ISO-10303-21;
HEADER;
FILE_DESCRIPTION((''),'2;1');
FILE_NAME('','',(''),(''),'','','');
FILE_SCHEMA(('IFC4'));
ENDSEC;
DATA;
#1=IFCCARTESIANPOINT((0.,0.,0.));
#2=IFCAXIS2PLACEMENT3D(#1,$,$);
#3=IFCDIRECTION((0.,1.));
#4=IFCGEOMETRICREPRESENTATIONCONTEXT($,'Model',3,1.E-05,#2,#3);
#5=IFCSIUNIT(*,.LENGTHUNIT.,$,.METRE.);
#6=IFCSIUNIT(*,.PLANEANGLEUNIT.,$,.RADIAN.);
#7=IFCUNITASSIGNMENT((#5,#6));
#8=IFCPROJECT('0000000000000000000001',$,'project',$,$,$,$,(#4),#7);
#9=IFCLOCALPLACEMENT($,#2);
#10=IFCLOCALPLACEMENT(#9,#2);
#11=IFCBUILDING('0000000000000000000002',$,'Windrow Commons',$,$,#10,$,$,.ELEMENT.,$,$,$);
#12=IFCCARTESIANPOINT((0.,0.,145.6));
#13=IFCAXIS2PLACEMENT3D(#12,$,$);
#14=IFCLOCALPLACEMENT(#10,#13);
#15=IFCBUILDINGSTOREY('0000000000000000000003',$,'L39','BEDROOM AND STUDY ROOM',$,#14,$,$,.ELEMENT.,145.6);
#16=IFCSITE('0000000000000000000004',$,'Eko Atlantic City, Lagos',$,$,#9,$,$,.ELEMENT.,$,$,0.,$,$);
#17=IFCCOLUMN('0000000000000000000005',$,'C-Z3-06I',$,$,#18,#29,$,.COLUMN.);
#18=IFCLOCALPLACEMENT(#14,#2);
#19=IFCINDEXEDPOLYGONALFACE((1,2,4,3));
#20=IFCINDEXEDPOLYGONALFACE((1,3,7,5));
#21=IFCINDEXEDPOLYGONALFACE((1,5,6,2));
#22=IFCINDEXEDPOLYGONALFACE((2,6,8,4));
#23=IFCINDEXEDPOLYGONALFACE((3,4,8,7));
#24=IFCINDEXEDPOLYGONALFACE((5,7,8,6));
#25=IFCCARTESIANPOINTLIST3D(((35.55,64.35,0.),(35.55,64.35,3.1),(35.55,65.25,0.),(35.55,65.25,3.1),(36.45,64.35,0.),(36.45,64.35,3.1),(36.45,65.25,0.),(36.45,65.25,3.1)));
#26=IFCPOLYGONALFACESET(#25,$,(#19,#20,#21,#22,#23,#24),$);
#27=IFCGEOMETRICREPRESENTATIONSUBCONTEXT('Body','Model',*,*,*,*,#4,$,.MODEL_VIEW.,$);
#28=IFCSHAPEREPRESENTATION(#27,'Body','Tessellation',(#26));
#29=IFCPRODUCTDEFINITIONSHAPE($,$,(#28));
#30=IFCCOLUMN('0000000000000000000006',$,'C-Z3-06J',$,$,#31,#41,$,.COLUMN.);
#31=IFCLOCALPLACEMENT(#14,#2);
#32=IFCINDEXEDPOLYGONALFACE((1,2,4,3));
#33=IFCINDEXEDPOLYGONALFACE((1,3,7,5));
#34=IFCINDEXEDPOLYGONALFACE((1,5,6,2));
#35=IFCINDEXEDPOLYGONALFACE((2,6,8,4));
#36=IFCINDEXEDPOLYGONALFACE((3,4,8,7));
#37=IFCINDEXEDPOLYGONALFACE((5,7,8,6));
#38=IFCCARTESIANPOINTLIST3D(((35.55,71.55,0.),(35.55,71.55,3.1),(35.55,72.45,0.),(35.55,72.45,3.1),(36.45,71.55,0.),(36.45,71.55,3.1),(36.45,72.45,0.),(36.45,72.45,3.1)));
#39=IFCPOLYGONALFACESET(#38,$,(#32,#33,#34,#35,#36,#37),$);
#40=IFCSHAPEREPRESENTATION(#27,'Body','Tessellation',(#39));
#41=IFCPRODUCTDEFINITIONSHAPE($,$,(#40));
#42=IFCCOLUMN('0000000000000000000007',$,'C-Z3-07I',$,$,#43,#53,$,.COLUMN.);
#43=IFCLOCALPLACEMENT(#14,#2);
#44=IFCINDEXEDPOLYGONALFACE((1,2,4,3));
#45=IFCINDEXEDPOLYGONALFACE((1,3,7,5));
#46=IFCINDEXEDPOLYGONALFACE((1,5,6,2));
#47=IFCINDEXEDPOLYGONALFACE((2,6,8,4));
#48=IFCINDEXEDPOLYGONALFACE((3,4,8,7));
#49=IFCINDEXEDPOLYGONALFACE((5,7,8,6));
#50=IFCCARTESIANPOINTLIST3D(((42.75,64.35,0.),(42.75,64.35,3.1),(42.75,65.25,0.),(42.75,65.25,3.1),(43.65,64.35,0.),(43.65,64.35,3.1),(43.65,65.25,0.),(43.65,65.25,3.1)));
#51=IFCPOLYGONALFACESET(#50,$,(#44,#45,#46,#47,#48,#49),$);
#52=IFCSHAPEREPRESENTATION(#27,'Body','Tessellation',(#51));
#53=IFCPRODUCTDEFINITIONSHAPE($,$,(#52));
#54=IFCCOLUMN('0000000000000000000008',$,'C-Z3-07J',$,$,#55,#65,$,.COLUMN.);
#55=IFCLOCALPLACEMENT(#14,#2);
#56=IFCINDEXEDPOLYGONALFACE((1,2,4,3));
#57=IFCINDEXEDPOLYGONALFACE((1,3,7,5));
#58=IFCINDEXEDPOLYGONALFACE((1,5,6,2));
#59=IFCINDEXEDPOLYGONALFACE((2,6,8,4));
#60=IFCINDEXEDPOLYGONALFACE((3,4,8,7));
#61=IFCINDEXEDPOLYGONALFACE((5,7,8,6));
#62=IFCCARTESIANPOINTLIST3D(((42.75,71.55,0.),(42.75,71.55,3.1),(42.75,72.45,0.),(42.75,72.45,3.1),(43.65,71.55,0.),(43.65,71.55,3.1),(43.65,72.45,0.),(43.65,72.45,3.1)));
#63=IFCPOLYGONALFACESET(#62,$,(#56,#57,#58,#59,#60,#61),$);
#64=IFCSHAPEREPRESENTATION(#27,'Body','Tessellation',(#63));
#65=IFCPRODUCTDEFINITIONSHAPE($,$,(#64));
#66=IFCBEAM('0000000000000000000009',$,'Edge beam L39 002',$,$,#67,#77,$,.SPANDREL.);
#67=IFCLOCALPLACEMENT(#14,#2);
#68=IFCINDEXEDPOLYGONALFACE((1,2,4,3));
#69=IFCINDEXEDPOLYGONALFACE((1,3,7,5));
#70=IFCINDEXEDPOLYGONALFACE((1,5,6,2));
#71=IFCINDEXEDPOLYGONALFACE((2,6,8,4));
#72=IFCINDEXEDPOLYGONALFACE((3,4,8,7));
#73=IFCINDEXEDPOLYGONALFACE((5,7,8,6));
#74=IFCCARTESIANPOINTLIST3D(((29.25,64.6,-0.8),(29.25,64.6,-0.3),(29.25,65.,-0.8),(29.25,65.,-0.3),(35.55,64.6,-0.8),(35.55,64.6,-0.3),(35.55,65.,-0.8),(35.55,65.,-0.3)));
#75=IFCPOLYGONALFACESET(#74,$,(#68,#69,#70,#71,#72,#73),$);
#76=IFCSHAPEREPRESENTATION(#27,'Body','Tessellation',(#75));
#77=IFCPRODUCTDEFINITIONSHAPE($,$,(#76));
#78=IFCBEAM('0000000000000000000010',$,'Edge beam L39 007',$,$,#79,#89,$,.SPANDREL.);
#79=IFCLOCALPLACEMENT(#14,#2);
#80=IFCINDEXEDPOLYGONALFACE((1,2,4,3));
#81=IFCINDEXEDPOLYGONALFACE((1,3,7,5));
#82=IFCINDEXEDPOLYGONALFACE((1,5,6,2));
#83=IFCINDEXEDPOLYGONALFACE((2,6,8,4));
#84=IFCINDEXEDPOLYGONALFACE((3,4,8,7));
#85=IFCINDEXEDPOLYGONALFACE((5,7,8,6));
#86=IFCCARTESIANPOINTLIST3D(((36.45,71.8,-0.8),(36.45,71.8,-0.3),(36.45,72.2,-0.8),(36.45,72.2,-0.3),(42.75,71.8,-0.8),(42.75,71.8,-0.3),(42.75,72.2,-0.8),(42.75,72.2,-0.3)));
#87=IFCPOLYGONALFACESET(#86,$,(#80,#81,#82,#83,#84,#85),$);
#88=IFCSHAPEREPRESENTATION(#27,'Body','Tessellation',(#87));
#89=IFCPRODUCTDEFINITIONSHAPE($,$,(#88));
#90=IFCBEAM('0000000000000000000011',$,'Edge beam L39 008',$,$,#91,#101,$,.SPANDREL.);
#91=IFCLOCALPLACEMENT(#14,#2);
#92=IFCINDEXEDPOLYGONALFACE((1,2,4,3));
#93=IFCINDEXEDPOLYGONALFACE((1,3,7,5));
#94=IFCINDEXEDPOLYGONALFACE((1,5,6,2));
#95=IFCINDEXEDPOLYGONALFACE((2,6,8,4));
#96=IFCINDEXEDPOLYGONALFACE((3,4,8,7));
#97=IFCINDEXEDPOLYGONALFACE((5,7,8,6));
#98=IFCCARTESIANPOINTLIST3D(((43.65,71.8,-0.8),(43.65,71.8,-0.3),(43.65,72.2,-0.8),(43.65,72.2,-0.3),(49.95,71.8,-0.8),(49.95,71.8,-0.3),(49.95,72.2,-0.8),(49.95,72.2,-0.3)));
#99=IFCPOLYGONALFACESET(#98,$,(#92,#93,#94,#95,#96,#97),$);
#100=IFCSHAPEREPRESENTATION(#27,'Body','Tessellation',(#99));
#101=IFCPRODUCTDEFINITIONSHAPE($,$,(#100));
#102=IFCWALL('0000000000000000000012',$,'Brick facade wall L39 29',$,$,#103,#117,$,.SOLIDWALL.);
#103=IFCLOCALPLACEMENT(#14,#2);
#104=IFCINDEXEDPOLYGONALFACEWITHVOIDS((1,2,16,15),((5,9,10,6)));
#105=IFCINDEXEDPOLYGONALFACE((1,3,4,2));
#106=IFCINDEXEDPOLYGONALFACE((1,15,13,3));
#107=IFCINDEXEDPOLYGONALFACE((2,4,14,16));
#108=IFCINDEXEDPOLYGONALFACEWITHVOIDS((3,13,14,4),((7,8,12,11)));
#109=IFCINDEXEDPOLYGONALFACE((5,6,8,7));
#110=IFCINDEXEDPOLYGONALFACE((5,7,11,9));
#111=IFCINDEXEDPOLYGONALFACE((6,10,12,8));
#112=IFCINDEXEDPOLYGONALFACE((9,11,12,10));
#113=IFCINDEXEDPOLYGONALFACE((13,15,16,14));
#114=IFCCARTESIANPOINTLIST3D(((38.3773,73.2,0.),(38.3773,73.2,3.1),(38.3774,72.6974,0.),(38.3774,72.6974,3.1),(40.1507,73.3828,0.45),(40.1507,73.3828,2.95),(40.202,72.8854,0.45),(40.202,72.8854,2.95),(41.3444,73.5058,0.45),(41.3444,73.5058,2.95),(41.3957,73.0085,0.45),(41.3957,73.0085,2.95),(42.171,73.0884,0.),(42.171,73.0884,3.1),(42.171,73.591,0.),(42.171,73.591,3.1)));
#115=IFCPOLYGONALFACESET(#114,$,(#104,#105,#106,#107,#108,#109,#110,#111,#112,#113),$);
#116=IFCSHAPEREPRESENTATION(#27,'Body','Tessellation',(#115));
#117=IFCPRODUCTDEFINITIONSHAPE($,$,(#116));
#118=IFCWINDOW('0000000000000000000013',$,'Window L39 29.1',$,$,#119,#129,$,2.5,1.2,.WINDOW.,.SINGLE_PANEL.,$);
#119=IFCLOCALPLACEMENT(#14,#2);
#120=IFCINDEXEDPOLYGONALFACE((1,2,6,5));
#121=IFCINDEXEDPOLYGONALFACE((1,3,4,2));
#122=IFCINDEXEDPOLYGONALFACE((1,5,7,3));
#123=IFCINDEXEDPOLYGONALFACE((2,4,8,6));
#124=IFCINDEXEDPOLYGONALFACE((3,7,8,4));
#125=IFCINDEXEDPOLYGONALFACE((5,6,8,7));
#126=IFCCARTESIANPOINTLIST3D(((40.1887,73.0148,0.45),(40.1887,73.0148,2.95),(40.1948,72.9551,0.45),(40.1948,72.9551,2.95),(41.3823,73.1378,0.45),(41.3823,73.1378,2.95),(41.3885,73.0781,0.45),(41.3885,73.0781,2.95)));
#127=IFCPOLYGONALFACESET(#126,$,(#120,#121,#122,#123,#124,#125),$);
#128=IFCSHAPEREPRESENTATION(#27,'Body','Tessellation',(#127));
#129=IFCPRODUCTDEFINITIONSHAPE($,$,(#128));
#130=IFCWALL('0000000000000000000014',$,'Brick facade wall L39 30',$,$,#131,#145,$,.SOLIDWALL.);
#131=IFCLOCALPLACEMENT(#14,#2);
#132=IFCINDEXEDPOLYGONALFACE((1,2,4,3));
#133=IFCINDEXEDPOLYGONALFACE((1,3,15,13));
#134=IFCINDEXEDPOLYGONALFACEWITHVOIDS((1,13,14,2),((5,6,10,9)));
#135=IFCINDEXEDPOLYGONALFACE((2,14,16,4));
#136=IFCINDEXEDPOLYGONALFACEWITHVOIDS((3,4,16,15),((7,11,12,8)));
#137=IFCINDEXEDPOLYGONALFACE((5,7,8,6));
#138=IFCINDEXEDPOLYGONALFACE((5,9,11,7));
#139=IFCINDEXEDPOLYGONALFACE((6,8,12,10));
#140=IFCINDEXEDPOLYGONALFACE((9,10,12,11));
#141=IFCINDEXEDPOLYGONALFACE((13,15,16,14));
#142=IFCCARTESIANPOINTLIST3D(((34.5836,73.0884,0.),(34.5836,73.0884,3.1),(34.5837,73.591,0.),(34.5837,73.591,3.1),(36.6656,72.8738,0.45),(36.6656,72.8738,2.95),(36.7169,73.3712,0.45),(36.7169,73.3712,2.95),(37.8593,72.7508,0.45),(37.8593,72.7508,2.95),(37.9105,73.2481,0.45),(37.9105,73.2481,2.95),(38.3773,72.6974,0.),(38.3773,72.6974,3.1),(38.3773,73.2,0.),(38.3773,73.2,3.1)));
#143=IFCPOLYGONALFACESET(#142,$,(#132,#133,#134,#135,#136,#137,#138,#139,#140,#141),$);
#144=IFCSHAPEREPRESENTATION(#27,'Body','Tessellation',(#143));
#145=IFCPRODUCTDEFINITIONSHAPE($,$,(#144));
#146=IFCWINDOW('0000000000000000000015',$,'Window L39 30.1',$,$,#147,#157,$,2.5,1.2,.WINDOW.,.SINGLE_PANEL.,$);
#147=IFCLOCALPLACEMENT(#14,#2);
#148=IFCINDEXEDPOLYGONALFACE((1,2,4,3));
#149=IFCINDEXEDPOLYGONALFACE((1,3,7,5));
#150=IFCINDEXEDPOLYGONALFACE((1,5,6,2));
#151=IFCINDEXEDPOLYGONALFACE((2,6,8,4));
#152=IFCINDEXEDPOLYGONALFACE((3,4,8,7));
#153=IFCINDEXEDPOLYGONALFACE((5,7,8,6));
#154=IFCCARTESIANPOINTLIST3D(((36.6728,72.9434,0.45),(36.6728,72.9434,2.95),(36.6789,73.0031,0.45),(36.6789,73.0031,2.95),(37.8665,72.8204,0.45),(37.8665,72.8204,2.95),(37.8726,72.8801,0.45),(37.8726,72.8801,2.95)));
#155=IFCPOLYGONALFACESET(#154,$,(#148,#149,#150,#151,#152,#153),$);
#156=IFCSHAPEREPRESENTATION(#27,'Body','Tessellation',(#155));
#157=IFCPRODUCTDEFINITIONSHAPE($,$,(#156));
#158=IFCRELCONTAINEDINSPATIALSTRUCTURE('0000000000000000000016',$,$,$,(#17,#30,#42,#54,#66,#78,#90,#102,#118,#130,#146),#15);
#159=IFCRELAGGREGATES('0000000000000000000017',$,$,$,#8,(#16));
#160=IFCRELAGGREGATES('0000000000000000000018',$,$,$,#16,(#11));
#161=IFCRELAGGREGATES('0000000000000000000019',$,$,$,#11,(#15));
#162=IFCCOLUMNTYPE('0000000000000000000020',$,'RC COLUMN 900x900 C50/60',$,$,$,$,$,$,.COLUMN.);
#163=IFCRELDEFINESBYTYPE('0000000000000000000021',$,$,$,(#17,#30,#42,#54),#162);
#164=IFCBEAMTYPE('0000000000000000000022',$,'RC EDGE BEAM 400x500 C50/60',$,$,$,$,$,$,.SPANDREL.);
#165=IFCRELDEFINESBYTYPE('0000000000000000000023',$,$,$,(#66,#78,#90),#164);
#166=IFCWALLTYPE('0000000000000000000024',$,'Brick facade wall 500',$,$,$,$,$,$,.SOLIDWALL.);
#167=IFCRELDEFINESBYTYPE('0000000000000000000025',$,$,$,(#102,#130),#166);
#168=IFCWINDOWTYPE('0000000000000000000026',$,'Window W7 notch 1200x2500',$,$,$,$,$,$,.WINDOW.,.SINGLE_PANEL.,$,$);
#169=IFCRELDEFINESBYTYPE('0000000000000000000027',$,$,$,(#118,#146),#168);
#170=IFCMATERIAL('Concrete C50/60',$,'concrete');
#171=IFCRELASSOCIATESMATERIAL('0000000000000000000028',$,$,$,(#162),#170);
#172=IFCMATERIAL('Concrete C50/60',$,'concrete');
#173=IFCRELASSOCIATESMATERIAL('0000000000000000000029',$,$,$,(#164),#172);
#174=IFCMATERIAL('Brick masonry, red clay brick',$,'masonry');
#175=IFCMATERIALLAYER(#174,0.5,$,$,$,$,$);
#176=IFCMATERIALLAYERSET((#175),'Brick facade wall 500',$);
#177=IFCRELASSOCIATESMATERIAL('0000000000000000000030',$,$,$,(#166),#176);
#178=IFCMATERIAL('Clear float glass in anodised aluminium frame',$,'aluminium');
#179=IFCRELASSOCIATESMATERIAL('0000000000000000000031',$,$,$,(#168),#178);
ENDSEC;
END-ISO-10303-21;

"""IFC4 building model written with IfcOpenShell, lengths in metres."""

from ifc_helpers import new_model, si_unit, direction, frame, frame_2d, origin, origin_2d, place, context, subcontext, project, spatial, polyline, rectangle, outline, extrude, material, layer, layer_set, material_profile, profile_set, type_object, element, fill, save


model = new_model("IFC4")

# Units and contexts
model_context = context("Model", 3, precision=1e-05, world=origin(), true_north=direction((0.0, 1.0)))
body_context = subcontext(model_context, "Body", "Model", "MODEL_VIEW")
ifc_project = project(units=[si_unit("LENGTHUNIT", "METRE"), si_unit("PLANEANGLEUNIT", "RADIAN")], contexts=[model_context])

# Site, building, storey
site_placement = place(None, origin())
site = spatial("IfcSite", under=ifc_project, at=site_placement, Name="Eko Atlantic City, Lagos", CompositionType="ELEMENT", RefElevation=0.0)
building_placement = place(site_placement, origin())
building = spatial("IfcBuilding", under=site, at=building_placement, Name="Windrow Commons", CompositionType="ELEMENT")
storey_placement = place(building_placement, frame((0.0, 0.0, 145.6)))
storey = spatial("IfcBuildingStorey", under=building, at=storey_placement, Name="L39", Description="BEDROOM AND STUDY ROOM", CompositionType="ELEMENT", Elevation=145.6)

# Columns
ifc_material_1 = material(Name="Concrete C50/60", Category="concrete")
ifc_material_profile_1 = material_profile(ifc_material_1, rectangle(XDim=0.9, YDim=0.9, at=origin_2d()))
ifc_profile_set_1 = profile_set([ifc_material_profile_1], Name="Concrete C50/60")
column_type = type_object("IfcColumnType", Name="RC COLUMN 900x900 C50/60", PredefinedType="COLUMN", material=ifc_profile_set_1)
for number, where, z_axis, x_axis, name in (
    (1, (36.0, 64.8, 0.0), (0.0, 0.0, 1.0), (1.0, 0.0, 0.0), "C-Z3-06I"),
    (2, (36.0, 72.0, 0.0), (0.0, 0.0, 1.0), (1.0, 0.0, 0.0), "C-Z3-06J"),
    (3, (43.2, 64.8, 0.0), (0.0, 0.0, 1.0), (1.0, 0.0, 0.0), "C-Z3-07I"),
    (4, (43.2, 72.0, 0.0), (0.0, 0.0, 1.0), (1.0, 0.0, 0.0), "C-Z3-07J"),
):
    element("IfcColumn", number, at=place(storey_placement, frame(where, z_axis=z_axis, x_axis=x_axis)), inside=storey, type_object=column_type, Name=name, PredefinedType="COLUMN", context=body_context, shape_type="SweptSolid", body=[
        extrude(rectangle(XDim=0.9, YDim=0.9, at=origin_2d()), origin(), (0.0, 0.0, 1.0), 3.1),
    ])

# Beams
ifc_material_2 = material(Name="Concrete C50/60", Category="concrete")
ifc_material_profile_2 = material_profile(ifc_material_2, rectangle(XDim=0.4, YDim=0.5, at=origin_2d()))
ifc_profile_set_2 = profile_set([ifc_material_profile_2], Name="Concrete C50/60")
beam_type = type_object("IfcBeamType", Name="RC EDGE BEAM 400x500 C50/60", PredefinedType="SPANDREL", material=ifc_profile_set_2)
for number, where, z_axis, x_axis, name in (
    (5, (35.55, 64.8, -0.55), (-1.0, 0.0, 0.0), (0.0, -1.0, 0.0), "Edge beam L39 002"),
    (6, (36.45, 72.0, -0.55), (1.0, 0.0, 0.0), (0.0, 1.0, 0.0), "Edge beam L39 007"),
    (7, (43.65, 72.0, -0.55), (1.0, 0.0, 0.0), (0.0, 1.0, 0.0), "Edge beam L39 008"),
):
    element("IfcBeam", number, at=place(storey_placement, frame(where, z_axis=z_axis, x_axis=x_axis)), inside=storey, type_object=beam_type, Name=name, PredefinedType="SPANDREL", context=body_context, shape_type="SweptSolid", body=[
        extrude(rectangle(XDim=0.4, YDim=0.5, at=origin_2d()), origin(), (0.0, 0.0, 1.0), 6.3),
    ])

# Walls, openings, windows
ifc_material_3 = material(Name="Brick masonry, red clay brick", Category="masonry")
ifc_layer_1 = layer(ifc_material_3, 0.5)
ifc_layer_set_1 = layer_set([ifc_layer_1], Name="Brick facade wall 500")
wall_type_1 = type_object("IfcWallType", Name="Brick facade wall 500", PredefinedType="SOLIDWALL", material=ifc_layer_set_1)
wall_1_placement = place(storey_placement, frame((42.171, 73.3397, 0.0), z_axis=(0.0, 0.0, 1.0), x_axis=(-0.994731, -0.102523, 0.0)))
wall_1 = element("IfcWall", 8, at=wall_1_placement, inside=storey, type_object=wall_type_1, Name="Brick facade wall L39 29", PredefinedType="SOLIDWALL", context=body_context, shape_type="SweptSolid", body=[
    extrude(outline(polyline([(-0.0258, -0.25), (3.788, -0.25), (3.8395, 0.25), (0.0258, 0.25), (-0.0258, -0.25)])), origin(), (0.0, 0.0, 1.0), 3.1),
])
opening_1_placement = place(wall_1_placement, frame((0.8052, 0.0, 0.45)))
opening_1 = element("IfcOpeningElement", 9, at=opening_1_placement, cuts=wall_1, PredefinedType="OPENING", context=body_context, shape_type="SweptSolid", body=[
    extrude(rectangle(XDim=1.2, YDim=2.5, at=frame_2d((0.6, 1.25))), frame((0.0, 0.26, 0.0), z_axis=(0.0, -1.0, 0.0), x_axis=(1.0, 0.0, 0.0)), (0.0, 0.0, 1.0), 0.52),
])
ifc_material_4 = material(Name="Clear float glass in anodised aluminium frame", Category="aluminium")
window_type = type_object("IfcWindowType", Name="Window W7 notch 1200x2500", PartitioningType="SINGLE_PANEL", PredefinedType="WINDOW", material=ifc_material_4)
window_1_placement = place(opening_1_placement, origin())
window_1 = element("IfcWindow", 10, at=window_1_placement, inside=storey, type_object=window_type, Name="Window L39 29.1", OverallHeight=2.5, OverallWidth=1.2, PartitioningType="SINGLE_PANEL", PredefinedType="WINDOW", context=body_context, shape_type="SweptSolid", body=[
    extrude(rectangle(XDim=1.2, YDim=2.5, at=frame_2d((0.6, 1.25))), frame((0.0, 0.18, 0.0), z_axis=(0.0, -1.0, 0.0), x_axis=(1.0, 0.0, 0.0)), (0.0, 0.0, 1.0), 0.06),
])
fill(opening_1, window_1)
wall_2_placement = place(storey_placement, frame((38.3773, 72.9487, 0.0), z_axis=(0.0, 0.0, 1.0), x_axis=(-0.994731, 0.102523, 0.0)))
wall_2 = element("IfcWall", 11, at=wall_2_placement, inside=storey, type_object=wall_type_1, Name="Brick facade wall L39 30", PredefinedType="SOLIDWALL", context=body_context, shape_type="SweptSolid", body=[
    extrude(outline(polyline([(0.0258, -0.25), (3.8395, -0.25), (3.788, 0.25), (-0.0258, 0.25), (0.0258, -0.25)])), origin(), (0.0, 0.0, 1.0), 3.1),
])
opening_2_placement = place(wall_2_placement, frame((0.495, 0.0, 0.45)))
opening_2 = element("IfcOpeningElement", 12, at=opening_2_placement, cuts=wall_2, PredefinedType="OPENING", context=body_context, shape_type="SweptSolid", body=[
    extrude(rectangle(XDim=1.2, YDim=2.5, at=frame_2d((0.6, 1.25))), frame((0.0, 0.26, 0.0), z_axis=(0.0, -1.0, 0.0), x_axis=(1.0, 0.0, 0.0)), (0.0, 0.0, 1.0), 0.52),
])
window_2_placement = place(opening_2_placement, origin())
window_2 = element("IfcWindow", 13, at=window_2_placement, inside=storey, type_object=window_type, Name="Window L39 30.1", OverallHeight=2.5, OverallWidth=1.2, PartitioningType="SINGLE_PANEL", PredefinedType="WINDOW", context=body_context, shape_type="SweptSolid", body=[
    extrude(rectangle(XDim=1.2, YDim=2.5, at=frame_2d((0.6, 1.25))), frame((0.0, 0.18, 0.0), z_axis=(0.0, -1.0, 0.0), x_axis=(1.0, 0.0, 0.0)), (0.0, 0.0, 1.0), 0.06),
])
fill(opening_2, window_2)

save(model, "model.ifc")
